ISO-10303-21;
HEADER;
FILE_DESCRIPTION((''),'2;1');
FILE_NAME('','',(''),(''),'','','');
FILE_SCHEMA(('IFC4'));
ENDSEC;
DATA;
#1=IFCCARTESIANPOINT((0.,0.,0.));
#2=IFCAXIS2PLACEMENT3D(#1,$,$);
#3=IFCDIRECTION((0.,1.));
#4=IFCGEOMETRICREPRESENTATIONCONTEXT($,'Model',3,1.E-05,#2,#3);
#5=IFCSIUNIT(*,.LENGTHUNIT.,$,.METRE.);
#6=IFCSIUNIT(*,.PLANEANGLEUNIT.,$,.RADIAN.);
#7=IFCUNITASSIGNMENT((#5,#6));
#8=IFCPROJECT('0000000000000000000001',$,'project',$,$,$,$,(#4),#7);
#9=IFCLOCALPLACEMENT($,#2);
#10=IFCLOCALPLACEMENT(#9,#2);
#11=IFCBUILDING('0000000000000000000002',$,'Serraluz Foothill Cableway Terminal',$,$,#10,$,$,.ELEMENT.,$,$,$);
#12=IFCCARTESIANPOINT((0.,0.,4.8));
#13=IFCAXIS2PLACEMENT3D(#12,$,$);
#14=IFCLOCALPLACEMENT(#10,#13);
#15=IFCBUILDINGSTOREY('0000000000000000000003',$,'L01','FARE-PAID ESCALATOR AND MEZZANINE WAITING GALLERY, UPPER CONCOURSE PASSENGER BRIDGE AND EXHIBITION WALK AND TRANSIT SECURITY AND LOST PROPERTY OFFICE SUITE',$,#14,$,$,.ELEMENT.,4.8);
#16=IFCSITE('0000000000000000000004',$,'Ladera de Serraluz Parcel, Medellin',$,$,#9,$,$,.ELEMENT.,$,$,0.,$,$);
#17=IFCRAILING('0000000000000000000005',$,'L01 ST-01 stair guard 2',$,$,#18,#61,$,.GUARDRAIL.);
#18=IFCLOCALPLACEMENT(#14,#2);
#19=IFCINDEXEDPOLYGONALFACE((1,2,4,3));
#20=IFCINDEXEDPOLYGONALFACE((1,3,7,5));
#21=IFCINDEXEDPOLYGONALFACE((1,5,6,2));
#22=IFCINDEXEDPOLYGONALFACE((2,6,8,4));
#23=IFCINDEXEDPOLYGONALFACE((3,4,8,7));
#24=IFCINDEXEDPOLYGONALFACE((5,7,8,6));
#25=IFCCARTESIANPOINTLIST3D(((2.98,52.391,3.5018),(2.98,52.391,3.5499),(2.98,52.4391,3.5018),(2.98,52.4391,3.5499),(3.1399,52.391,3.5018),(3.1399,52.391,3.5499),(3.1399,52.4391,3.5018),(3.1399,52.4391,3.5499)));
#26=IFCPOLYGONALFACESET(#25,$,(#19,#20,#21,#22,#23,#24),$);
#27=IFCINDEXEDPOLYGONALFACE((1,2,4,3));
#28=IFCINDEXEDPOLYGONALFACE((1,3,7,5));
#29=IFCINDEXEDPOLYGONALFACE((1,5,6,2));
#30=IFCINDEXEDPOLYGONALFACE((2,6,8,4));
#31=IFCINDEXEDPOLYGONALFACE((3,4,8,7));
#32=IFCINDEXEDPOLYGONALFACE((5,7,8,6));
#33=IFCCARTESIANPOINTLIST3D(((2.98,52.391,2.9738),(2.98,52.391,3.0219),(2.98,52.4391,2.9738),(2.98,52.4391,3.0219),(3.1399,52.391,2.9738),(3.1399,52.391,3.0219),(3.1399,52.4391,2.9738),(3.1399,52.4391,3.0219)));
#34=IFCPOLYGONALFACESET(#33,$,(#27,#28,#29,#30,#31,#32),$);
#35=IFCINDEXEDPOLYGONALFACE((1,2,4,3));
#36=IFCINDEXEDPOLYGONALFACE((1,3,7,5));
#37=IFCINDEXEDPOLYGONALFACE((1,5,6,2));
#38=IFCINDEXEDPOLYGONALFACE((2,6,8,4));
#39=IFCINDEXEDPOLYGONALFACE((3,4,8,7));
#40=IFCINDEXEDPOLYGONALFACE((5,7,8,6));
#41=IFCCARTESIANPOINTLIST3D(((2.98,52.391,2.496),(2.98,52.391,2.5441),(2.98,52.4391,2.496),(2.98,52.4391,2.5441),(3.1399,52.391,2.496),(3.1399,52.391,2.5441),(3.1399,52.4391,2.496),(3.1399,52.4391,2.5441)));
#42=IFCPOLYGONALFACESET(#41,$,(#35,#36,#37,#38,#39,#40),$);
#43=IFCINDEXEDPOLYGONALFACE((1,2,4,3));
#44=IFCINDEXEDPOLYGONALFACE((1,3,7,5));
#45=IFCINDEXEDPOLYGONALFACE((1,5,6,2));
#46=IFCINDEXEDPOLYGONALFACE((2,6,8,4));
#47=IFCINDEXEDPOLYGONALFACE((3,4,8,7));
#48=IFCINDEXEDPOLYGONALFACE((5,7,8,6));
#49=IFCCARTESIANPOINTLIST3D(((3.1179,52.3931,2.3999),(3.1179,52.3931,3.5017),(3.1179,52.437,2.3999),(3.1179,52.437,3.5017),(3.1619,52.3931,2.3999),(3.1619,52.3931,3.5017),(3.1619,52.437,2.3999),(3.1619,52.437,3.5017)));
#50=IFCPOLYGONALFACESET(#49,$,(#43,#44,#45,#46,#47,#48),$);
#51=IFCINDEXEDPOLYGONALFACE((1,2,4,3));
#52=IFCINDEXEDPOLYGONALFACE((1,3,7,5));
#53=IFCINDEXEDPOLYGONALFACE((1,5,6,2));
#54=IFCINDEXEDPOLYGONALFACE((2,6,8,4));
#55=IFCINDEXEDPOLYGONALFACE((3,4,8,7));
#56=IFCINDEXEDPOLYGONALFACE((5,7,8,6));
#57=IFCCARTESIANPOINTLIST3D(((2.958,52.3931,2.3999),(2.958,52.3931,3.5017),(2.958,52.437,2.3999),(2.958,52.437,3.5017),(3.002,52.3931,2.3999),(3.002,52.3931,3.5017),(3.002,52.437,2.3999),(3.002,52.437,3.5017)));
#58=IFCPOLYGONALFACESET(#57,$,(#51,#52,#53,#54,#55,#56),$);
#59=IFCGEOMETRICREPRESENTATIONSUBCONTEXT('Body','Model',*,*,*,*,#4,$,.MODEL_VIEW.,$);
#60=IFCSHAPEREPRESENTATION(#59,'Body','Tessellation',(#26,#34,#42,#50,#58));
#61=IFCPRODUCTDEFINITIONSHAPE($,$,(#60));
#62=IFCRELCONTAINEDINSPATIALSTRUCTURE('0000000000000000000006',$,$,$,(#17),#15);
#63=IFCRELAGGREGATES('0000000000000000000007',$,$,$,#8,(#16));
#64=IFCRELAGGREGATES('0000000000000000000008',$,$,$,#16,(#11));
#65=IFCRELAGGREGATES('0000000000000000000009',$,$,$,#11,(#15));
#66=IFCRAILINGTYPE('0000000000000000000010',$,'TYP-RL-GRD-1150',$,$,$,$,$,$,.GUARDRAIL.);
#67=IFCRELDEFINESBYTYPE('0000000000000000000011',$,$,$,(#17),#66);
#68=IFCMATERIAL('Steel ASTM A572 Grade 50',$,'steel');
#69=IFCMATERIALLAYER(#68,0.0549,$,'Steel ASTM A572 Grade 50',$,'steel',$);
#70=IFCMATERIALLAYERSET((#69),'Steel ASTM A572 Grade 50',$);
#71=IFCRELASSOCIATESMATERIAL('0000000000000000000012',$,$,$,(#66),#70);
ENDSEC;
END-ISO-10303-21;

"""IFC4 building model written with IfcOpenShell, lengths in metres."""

from ifc_helpers import new_model, si_unit, direction, frame, origin, origin_2d, place, context, subcontext, project, spatial, rectangle, extrude, material, layer, layer_set, type_object, element, save


model = new_model("IFC4")

# Units and contexts
model_context = context("Model", 3, precision=1e-05, world=origin(), true_north=direction((0.0, 1.0)))
body_context = subcontext(model_context, "Body", "Model", "MODEL_VIEW")
ifc_project = project(units=[si_unit("LENGTHUNIT", "METRE"), si_unit("PLANEANGLEUNIT", "RADIAN")], contexts=[model_context])

# Site, building, storey
site_placement = place(None, origin())
site = spatial("IfcSite", under=ifc_project, at=site_placement, Name="Ladera de Serraluz Parcel, Medellin", CompositionType="ELEMENT", RefElevation=0.0)
building_placement = place(site_placement, origin())
building = spatial("IfcBuilding", under=site, at=building_placement, Name="Serraluz Foothill Cableway Terminal", CompositionType="ELEMENT")
storey_placement = place(building_placement, frame((0.0, 0.0, 4.8)))
storey = spatial("IfcBuildingStorey", under=building, at=storey_placement, Name="L01", Description="FARE-PAID ESCALATOR AND MEZZANINE WAITING GALLERY, UPPER CONCOURSE PASSENGER BRIDGE AND EXHIBITION WALK AND TRANSIT SECURITY AND LOST PROPERTY OFFICE SUITE", CompositionType="ELEMENT", Elevation=4.8)

# Railing
ifc_material_1 = material(Name="Steel ASTM A572 Grade 50", Category="steel")
ifc_layer_1 = layer(ifc_material_1, 0.0549, Name="Steel ASTM A572 Grade 50", Category="steel")
ifc_layer_set_1 = layer_set([ifc_layer_1], Name="Steel ASTM A572 Grade 50")
railing_type_1 = type_object("IfcRailingType", Name="TYP-RL-GRD-1150", PredefinedType="GUARDRAIL", material=ifc_layer_set_1)
railing_1_placement = place(storey_placement, frame((3.1399, 52.415, 2.3999)))
element("IfcRailing", 1, at=railing_1_placement, inside=storey, type_object=railing_type_1, Name="L01 ST-01 stair guard 2", PredefinedType="GUARDRAIL", context=body_context, shape_type="SweptSolid", body=[
    extrude(rectangle(XDim=0.0481, YDim=0.0481, at=origin_2d()), frame((0.0, 0.0, 1.126), z_axis=(-1.0, 0.0, 0.0), x_axis=(0.0, -1.0, 0.0)), (0.0, 0.0, 1.0), 0.1599),
    extrude(rectangle(XDim=0.0481, YDim=0.0481, at=origin_2d()), frame((0.0, 0.0, 0.5979), z_axis=(-1.0, 0.0, 0.0), x_axis=(0.0, -1.0, 0.0)), (0.0, 0.0, 1.0), 0.1599),
    extrude(rectangle(XDim=0.0481, YDim=0.0481, at=origin_2d()), frame((0.0, 0.0, 0.1201), z_axis=(-1.0, 0.0, 0.0), x_axis=(0.0, -1.0, 0.0)), (0.0, 0.0, 1.0), 0.1599),
    extrude(rectangle(XDim=0.0439, YDim=0.0439, at=origin_2d()), origin(), (0.0, 0.0, 1.0), 1.1018),
    extrude(rectangle(XDim=0.0439, YDim=0.0439, at=origin_2d()), frame((-0.1599, 0.0, 0.0)), (0.0, 0.0, 1.0), 1.1018),
])

save(model, "model.ifc")
